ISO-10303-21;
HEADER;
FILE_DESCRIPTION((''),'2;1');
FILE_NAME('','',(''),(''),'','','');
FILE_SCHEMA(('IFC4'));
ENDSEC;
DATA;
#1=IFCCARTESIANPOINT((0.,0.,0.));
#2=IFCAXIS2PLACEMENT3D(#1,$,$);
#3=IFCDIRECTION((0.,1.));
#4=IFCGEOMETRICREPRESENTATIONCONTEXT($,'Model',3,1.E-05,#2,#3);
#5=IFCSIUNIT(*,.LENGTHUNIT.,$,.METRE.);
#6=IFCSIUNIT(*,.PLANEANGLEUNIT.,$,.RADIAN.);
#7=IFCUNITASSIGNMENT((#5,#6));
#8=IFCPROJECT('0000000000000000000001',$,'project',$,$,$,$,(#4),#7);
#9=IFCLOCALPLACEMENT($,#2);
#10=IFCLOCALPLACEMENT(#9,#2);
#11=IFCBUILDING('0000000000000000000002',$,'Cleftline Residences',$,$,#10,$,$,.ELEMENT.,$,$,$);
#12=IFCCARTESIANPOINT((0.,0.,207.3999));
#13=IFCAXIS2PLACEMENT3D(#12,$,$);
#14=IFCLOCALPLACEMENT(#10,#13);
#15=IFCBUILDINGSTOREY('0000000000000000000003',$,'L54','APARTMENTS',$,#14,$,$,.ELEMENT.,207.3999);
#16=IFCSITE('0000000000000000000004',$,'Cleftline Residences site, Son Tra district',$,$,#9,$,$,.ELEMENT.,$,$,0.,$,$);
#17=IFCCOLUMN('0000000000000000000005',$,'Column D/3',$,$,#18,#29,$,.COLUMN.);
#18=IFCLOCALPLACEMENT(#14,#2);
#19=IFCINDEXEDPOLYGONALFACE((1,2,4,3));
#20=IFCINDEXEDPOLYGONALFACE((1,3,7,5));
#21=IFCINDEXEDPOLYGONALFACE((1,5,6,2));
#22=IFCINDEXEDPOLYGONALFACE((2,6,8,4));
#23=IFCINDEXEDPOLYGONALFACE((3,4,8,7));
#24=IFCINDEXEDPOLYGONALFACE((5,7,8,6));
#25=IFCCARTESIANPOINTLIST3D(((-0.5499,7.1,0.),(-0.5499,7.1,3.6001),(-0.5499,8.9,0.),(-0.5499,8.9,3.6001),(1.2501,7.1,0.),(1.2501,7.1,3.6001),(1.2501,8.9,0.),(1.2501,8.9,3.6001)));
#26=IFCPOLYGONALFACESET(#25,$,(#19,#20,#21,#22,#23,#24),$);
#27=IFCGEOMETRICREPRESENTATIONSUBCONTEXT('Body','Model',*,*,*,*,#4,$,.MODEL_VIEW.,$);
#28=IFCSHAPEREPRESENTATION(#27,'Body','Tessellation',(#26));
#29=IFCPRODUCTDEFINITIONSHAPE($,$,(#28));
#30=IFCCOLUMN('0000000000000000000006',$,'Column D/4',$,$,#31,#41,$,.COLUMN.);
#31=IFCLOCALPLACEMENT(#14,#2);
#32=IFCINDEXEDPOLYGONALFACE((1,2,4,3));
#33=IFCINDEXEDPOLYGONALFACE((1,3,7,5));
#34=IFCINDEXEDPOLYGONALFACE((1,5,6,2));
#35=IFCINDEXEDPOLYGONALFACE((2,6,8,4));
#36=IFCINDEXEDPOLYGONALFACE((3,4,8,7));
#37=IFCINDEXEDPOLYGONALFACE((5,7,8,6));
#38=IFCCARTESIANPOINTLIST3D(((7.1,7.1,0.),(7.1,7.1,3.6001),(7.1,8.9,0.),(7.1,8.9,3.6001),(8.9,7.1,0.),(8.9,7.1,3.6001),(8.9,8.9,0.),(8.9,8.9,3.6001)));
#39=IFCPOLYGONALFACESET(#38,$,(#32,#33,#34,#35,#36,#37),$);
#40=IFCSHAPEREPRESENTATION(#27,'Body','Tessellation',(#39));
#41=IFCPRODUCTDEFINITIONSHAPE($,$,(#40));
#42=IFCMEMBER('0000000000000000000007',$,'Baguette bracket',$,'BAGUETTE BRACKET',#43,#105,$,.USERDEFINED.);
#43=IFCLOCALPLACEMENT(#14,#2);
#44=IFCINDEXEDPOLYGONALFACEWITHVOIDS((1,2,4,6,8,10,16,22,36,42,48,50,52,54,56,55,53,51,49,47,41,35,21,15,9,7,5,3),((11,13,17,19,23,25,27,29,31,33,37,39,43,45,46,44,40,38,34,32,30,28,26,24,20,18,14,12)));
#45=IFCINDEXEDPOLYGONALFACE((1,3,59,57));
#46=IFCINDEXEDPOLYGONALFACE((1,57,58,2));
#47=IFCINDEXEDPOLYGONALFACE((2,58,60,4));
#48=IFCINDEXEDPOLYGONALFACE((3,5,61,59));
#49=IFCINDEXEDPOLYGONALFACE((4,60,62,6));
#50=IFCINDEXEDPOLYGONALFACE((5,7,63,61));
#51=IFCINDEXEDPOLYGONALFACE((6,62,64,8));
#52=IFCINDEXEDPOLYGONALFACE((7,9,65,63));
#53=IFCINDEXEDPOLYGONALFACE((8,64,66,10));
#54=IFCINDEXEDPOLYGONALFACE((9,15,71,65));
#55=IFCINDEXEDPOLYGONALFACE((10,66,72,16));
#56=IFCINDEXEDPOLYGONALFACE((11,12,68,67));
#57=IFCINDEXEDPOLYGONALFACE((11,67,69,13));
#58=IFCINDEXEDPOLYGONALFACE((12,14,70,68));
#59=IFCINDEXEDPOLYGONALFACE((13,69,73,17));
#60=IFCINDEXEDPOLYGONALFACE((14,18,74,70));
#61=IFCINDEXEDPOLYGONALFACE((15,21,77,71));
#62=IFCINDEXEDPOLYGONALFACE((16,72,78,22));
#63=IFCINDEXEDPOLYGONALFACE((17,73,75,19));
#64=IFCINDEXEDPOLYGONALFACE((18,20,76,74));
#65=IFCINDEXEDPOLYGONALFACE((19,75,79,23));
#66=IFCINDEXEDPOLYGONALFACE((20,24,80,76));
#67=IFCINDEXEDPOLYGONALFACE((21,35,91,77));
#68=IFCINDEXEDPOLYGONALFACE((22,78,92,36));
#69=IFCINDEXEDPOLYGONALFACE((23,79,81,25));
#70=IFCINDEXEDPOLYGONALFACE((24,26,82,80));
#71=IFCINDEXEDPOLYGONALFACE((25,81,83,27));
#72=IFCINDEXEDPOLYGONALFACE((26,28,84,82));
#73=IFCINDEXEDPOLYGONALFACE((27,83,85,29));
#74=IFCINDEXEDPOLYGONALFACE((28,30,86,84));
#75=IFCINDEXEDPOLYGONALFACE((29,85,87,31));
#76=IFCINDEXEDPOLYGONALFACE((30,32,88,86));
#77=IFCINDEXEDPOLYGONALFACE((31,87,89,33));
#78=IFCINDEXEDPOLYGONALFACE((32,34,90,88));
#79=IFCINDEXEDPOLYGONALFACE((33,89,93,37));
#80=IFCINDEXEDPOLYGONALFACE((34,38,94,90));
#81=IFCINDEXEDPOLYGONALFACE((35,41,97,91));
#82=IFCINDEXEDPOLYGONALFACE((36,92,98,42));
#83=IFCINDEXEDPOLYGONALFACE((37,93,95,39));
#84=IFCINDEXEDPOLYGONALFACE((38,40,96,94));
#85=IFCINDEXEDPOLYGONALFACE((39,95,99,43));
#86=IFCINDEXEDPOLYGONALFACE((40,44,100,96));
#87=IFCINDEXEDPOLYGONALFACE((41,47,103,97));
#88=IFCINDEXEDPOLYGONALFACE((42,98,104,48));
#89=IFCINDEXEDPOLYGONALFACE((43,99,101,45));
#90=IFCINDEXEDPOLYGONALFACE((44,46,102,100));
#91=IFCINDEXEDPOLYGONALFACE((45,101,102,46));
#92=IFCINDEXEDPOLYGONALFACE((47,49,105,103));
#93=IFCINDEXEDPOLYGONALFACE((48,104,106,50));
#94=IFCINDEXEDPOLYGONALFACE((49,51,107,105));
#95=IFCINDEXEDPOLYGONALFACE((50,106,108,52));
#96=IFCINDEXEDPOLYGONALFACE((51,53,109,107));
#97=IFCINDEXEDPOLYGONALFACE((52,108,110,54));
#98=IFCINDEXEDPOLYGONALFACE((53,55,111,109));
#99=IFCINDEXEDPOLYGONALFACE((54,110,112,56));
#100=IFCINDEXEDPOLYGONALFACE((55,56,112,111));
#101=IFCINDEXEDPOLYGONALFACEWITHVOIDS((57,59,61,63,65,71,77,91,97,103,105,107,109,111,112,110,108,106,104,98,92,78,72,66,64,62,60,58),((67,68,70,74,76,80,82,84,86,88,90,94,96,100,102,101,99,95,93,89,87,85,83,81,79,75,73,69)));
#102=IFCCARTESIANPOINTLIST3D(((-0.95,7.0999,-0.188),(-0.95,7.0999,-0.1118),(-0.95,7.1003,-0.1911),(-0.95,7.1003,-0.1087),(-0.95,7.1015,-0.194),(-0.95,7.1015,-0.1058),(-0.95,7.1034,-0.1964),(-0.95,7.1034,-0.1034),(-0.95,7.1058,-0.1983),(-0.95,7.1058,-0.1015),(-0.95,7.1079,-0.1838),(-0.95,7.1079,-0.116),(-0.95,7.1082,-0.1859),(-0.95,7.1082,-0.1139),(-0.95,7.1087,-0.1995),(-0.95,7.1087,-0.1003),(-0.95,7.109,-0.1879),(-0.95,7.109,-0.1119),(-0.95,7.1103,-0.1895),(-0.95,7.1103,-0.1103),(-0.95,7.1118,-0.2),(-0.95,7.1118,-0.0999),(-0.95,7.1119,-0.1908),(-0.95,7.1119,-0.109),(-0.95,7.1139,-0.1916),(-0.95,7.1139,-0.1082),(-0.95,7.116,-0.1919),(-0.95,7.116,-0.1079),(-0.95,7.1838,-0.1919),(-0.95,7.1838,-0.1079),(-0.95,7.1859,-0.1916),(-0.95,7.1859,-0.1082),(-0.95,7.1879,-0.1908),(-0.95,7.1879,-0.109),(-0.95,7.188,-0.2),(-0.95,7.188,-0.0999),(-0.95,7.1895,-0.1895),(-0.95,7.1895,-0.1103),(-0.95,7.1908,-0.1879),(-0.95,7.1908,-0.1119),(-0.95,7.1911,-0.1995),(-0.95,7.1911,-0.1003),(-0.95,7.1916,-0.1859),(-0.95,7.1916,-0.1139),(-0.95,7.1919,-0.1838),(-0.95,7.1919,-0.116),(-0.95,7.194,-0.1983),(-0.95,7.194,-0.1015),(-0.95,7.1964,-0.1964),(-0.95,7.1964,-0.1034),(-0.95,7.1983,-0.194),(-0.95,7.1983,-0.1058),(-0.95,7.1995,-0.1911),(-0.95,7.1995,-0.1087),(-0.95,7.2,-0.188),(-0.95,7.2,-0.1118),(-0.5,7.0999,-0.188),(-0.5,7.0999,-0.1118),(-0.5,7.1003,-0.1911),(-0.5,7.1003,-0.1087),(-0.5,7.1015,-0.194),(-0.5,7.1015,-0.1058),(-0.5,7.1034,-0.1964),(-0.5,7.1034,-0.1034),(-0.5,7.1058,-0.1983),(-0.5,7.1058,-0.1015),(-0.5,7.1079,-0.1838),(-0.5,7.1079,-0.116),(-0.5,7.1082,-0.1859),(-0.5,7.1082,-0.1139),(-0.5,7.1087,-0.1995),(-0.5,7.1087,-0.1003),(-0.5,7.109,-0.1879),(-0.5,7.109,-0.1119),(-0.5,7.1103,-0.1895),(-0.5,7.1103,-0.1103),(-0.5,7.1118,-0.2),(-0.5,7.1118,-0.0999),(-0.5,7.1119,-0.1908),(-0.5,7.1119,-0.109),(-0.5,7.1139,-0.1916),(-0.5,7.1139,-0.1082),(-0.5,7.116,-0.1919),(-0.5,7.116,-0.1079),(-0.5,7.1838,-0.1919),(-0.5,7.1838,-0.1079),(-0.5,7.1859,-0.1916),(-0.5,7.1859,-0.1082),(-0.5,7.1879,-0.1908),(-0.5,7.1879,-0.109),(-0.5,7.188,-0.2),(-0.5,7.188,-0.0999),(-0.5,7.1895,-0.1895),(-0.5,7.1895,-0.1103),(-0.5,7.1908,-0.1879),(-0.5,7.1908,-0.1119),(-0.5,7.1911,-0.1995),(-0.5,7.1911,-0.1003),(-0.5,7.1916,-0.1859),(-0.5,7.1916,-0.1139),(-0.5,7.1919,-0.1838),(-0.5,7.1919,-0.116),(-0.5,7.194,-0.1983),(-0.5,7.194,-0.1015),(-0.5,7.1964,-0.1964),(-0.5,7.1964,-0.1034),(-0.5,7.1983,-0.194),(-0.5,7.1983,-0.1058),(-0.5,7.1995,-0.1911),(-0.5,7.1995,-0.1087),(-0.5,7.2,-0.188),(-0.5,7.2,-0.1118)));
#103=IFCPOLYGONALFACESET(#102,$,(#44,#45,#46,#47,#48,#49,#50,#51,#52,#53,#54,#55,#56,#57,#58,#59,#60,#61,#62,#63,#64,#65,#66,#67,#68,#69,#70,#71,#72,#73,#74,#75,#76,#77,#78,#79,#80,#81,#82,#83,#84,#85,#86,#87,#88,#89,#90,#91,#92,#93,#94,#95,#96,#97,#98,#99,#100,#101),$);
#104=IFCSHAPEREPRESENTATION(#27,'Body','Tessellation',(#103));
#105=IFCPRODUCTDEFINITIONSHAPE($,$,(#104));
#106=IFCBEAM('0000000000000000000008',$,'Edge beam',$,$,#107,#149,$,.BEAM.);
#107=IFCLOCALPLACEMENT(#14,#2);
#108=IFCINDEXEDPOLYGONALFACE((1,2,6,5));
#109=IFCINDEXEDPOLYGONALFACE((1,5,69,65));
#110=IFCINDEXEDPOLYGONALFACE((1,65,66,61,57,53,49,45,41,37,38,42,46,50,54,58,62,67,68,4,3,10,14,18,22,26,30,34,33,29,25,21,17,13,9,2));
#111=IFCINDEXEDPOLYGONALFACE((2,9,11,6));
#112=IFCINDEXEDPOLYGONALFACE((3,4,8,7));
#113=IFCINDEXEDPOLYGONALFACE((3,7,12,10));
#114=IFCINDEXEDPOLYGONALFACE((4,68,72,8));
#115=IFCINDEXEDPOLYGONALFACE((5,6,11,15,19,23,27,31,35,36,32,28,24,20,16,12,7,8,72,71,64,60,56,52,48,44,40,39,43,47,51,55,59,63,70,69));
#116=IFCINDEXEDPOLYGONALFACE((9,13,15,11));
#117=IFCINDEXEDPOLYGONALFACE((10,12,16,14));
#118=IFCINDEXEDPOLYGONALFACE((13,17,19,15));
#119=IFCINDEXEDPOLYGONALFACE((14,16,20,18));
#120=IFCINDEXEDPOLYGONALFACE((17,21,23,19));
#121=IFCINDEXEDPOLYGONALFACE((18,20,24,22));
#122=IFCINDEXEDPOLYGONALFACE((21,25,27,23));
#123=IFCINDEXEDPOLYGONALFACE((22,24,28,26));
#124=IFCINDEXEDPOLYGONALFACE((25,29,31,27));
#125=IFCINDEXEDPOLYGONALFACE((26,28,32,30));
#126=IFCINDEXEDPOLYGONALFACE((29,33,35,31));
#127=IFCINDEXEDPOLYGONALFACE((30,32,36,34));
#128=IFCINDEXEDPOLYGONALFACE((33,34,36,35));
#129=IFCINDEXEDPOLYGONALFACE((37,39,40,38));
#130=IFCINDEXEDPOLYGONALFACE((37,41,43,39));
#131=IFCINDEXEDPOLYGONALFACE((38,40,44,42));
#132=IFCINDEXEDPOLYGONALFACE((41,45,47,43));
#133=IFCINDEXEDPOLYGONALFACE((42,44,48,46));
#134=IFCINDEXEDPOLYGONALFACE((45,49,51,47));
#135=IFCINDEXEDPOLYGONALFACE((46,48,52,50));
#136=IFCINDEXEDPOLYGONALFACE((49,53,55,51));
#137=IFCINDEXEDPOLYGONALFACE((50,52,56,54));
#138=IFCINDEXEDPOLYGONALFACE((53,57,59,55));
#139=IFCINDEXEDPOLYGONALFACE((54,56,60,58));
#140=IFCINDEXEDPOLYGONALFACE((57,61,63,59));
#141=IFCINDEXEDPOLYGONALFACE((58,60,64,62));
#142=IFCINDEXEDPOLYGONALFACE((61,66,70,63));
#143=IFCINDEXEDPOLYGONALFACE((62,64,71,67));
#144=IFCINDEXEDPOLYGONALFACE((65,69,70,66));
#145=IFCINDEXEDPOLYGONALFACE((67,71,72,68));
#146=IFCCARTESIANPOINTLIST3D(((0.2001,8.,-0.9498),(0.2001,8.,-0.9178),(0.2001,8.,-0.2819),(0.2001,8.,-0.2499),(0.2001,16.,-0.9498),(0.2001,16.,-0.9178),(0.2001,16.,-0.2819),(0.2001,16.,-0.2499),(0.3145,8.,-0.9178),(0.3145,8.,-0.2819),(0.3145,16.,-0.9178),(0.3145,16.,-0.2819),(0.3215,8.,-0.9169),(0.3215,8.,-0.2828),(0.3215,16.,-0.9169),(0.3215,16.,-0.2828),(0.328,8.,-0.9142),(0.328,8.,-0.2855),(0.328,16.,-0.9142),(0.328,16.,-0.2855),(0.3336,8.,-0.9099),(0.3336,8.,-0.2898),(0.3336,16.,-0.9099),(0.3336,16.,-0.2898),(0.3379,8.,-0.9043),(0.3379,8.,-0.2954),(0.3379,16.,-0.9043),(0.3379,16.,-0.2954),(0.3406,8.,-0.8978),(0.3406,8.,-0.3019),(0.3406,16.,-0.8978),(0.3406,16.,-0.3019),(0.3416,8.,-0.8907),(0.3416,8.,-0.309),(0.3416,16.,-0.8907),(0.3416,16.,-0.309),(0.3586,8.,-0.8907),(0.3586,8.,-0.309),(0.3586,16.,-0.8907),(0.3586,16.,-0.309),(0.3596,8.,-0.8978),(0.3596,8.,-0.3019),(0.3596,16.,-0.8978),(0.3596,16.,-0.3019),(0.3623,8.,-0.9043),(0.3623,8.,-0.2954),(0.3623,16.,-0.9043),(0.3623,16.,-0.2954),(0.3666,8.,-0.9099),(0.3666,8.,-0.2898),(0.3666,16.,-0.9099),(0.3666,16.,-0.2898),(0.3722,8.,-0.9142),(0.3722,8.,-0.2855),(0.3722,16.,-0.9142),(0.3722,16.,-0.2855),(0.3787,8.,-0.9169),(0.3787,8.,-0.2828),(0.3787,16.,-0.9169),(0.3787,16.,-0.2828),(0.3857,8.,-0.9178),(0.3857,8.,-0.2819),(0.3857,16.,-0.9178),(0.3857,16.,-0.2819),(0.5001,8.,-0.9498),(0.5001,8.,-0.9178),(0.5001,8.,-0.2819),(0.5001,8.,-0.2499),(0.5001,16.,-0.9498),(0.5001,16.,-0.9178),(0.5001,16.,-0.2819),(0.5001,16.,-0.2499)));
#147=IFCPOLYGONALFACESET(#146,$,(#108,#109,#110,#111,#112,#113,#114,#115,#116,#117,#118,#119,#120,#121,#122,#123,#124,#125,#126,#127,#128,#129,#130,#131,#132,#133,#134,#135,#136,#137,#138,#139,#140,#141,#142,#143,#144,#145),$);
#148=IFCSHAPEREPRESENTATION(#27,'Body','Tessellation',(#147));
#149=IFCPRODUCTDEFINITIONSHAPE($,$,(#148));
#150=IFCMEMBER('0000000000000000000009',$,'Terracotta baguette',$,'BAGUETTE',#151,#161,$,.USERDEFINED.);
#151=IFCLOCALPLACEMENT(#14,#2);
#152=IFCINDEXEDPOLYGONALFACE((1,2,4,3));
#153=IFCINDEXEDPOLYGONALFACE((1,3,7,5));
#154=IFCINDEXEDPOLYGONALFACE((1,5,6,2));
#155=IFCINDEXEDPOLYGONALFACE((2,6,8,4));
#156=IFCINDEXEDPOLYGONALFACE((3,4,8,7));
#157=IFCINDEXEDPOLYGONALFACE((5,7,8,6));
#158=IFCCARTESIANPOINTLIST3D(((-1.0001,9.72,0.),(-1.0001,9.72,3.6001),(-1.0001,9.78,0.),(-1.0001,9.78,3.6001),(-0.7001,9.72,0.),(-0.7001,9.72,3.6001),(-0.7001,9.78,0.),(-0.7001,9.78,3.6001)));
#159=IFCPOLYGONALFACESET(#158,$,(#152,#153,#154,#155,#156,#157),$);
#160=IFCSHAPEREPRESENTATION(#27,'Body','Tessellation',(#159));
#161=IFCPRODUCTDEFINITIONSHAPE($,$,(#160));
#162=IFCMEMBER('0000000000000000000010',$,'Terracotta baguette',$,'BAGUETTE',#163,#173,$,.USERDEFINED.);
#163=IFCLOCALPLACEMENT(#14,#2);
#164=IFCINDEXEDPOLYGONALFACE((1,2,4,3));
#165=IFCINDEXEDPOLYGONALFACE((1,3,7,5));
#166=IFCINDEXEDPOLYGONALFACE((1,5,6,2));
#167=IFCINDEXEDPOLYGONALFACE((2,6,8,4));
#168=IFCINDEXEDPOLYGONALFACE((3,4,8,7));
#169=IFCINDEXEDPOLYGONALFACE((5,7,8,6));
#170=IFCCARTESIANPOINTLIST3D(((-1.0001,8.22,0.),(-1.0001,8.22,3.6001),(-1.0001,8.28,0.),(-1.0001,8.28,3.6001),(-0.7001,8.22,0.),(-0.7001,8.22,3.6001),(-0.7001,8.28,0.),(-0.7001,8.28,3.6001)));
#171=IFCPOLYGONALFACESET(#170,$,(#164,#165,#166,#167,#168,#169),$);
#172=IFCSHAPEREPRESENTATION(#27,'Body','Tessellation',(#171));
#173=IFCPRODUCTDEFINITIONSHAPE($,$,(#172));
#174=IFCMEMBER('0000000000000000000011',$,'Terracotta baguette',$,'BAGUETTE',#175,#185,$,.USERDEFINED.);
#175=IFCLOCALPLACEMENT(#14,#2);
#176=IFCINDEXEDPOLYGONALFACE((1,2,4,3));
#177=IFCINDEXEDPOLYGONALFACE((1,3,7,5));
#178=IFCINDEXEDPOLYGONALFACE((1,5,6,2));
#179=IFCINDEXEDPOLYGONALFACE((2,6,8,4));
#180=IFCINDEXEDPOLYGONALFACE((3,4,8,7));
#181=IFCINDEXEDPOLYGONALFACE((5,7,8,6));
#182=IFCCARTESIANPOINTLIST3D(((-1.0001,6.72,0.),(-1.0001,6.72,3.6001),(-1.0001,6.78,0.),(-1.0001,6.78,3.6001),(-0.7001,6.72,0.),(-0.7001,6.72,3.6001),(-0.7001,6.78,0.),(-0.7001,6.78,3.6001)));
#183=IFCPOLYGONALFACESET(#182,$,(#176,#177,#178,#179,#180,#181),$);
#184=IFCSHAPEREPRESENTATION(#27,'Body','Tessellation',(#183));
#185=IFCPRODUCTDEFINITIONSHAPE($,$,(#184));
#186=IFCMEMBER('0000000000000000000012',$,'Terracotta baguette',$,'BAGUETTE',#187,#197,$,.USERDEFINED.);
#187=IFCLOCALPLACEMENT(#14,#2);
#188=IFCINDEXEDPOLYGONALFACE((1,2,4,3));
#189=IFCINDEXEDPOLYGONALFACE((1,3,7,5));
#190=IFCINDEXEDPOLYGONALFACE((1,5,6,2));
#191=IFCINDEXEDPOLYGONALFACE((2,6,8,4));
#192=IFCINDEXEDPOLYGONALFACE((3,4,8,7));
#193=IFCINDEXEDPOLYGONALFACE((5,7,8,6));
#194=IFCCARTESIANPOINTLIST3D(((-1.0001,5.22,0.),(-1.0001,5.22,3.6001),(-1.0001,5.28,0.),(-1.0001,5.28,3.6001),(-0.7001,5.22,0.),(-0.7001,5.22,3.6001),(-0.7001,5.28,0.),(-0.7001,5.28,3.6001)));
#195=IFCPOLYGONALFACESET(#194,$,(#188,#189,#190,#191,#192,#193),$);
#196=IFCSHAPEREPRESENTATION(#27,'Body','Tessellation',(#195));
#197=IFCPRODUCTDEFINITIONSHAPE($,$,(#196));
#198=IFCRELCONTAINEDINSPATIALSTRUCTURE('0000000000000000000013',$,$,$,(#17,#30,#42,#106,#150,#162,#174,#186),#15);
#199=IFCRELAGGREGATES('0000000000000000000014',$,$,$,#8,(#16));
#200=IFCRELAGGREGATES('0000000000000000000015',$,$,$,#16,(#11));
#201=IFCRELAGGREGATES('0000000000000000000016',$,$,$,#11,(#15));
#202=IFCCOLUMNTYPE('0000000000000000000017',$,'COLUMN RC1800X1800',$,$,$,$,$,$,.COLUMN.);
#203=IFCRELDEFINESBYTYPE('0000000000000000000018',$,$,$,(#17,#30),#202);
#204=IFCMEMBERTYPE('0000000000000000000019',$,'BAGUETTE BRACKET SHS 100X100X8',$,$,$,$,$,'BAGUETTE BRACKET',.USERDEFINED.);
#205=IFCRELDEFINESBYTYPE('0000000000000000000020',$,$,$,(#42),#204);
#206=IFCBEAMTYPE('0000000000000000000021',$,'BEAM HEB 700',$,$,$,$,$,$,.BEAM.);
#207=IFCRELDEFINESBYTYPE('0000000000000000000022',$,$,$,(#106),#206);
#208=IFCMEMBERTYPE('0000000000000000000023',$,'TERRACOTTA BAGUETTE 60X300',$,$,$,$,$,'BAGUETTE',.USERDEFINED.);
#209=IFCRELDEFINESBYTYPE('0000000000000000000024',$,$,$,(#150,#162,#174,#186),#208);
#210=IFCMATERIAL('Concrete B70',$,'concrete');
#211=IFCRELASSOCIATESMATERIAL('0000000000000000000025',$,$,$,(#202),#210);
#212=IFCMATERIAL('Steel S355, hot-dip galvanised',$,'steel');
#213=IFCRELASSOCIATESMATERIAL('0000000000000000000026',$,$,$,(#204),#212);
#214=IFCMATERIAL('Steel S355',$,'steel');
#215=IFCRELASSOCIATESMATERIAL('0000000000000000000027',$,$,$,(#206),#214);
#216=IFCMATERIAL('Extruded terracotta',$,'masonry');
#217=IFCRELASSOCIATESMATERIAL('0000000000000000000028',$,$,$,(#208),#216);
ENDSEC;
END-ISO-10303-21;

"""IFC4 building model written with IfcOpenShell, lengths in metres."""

from ifc_helpers import new_model, si_unit, direction, frame, origin, origin_2d, place, context, subcontext, project, spatial, rectangle, hollow_rectangle, i_section, extrude, material, material_profile, profile_set, type_object, element, save


model = new_model("IFC4")

# Units and contexts
model_context = context("Model", 3, precision=1e-05, world=origin(), true_north=direction((0.0, 1.0)))
body_context = subcontext(model_context, "Body", "Model", "MODEL_VIEW")
ifc_project = project(units=[si_unit("LENGTHUNIT", "METRE"), si_unit("PLANEANGLEUNIT", "RADIAN")], contexts=[model_context])

# Site, building, storey
site_placement = place(None, origin())
site = spatial("IfcSite", under=ifc_project, at=site_placement, Name="Cleftline Residences site, Son Tra district", CompositionType="ELEMENT", RefElevation=0.0)
building_placement = place(site_placement, origin())
building = spatial("IfcBuilding", under=site, at=building_placement, Name="Cleftline Residences", CompositionType="ELEMENT")
storey_placement = place(building_placement, frame((0.0, 0.0, 207.3999)))
storey = spatial("IfcBuildingStorey", under=building, at=storey_placement, Name="L54", Description="APARTMENTS", CompositionType="ELEMENT", Elevation=207.3999)

# Columns
ifc_material_1 = material(Name="Concrete B70", Category="concrete")
ifc_material_profile_1 = material_profile(ifc_material_1, rectangle(XDim=1.8, YDim=1.8, at=origin_2d()))
ifc_profile_set_1 = profile_set([ifc_material_profile_1], Name="Concrete B70")
column_type = type_object("IfcColumnType", Name="COLUMN RC1800X1800", PredefinedType="COLUMN", material=ifc_profile_set_1)
for number, where, z_axis, x_axis, name in (
    (1, (0.3501, 8.0, 0.0), (0.0, 0.0, 1.0), (1.0, 0.0, 0.0), "Column D/3"),
    (2, (8.0, 8.0, 0.0), (0.0, 0.0, 1.0), (1.0, 0.0, 0.0), "Column D/4"),
):
    element("IfcColumn", number, at=place(storey_placement, frame(where, z_axis=z_axis, x_axis=x_axis)), inside=storey, type_object=column_type, Name=name, PredefinedType="COLUMN", context=body_context, shape_type="SweptSolid", body=[
        extrude(rectangle(XDim=1.8, YDim=1.8, at=origin_2d()), origin(), (0.0, 0.0, 1.0), 3.6001),
    ])

# Member
ifc_material_2 = material(Name="Steel S355, hot-dip galvanised", Category="steel")
ifc_material_profile_2 = material_profile(ifc_material_2, hollow_rectangle(XDim=0.1001, YDim=0.1001, WallThickness=0.0081, InnerFilletRadius=0.0081, OuterFilletRadius=0.012, at=origin_2d()))
ifc_profile_set_2 = profile_set([ifc_material_profile_2], Name="Steel S355, hot-dip galvanised")
member_type_1 = type_object("IfcMemberType", Name="BAGUETTE BRACKET SHS 100X100X8", ElementType="BAGUETTE BRACKET", PredefinedType="USERDEFINED", material=ifc_profile_set_2)
member_placement = place(storey_placement, frame((-0.5, 7.1499, -0.1499), z_axis=(-1.0, 0.0, 0.0), x_axis=(0.0, -1.0, 0.0)))
element("IfcMember", 3, at=member_placement, inside=storey, type_object=member_type_1, Name="Baguette bracket", ObjectType="BAGUETTE BRACKET", PredefinedType="USERDEFINED", context=body_context, shape_type="SweptSolid", body=[
    extrude(hollow_rectangle(XDim=0.1001, YDim=0.1001, WallThickness=0.0081, InnerFilletRadius=0.0081, OuterFilletRadius=0.012, at=origin_2d()), origin(), (0.0, 0.0, 1.0), 0.45),
])

# Beam
ifc_material_3 = material(Name="Steel S355", Category="steel")
ifc_material_profile_3 = material_profile(ifc_material_3, i_section(OverallWidth=0.3, OverallDepth=0.7, WebThickness=0.0171, FlangeThickness=0.032, FilletRadius=0.0271, at=origin_2d()))
ifc_profile_set_3 = profile_set([ifc_material_profile_3], Name="Steel S355")
beam_type = type_object("IfcBeamType", Name="BEAM HEB 700", PredefinedType="BEAM", material=ifc_profile_set_3)
beam_placement = place(storey_placement, frame((0.3501, 8.0, -0.5999), z_axis=(0.0, 1.0, 0.0), x_axis=(-1.0, 0.0, 0.0)))
element("IfcBeam", 4, at=beam_placement, inside=storey, type_object=beam_type, Name="Edge beam", PredefinedType="BEAM", context=body_context, shape_type="SweptSolid", body=[
    extrude(i_section(OverallWidth=0.3, OverallDepth=0.7, WebThickness=0.0171, FlangeThickness=0.032, FilletRadius=0.0271, at=origin_2d()), origin(), (0.0, 0.0, 1.0), 8.0),
])

# Members
ifc_material_4 = material(Name="Extruded terracotta", Category="masonry")
ifc_material_profile_4 = material_profile(ifc_material_4, rectangle(XDim=0.0601, YDim=0.3, at=origin_2d()))
ifc_profile_set_4 = profile_set([ifc_material_profile_4], Name="Extruded terracotta")
member_type_2 = type_object("IfcMemberType", Name="TERRACOTTA BAGUETTE 60X300", ElementType="BAGUETTE", PredefinedType="USERDEFINED", material=ifc_profile_set_4)
for number, where, z_axis, x_axis, name in (
    (5, (-0.8501, 9.75, 0.0), (0.0, 0.0, 1.0), (0.0, 1.0, 0.0), "Terracotta baguette"),
    (6, (-0.8501, 8.25, 0.0), (0.0, 0.0, 1.0), (0.0, 1.0, 0.0), "Terracotta baguette"),
    (7, (-0.8501, 6.75, 0.0), (0.0, 0.0, 1.0), (0.0, 1.0, 0.0), "Terracotta baguette"),
    (8, (-0.8501, 5.25, 0.0), (0.0, 0.0, 1.0), (0.0, 1.0, 0.0), "Terracotta baguette"),
):
    element("IfcMember", number, at=place(storey_placement, frame(where, z_axis=z_axis, x_axis=x_axis)), inside=storey, type_object=member_type_2, Name=name, ObjectType="BAGUETTE", PredefinedType="USERDEFINED", context=body_context, shape_type="SweptSolid", body=[
        extrude(rectangle(XDim=0.0601, YDim=0.3, at=origin_2d()), origin(), (0.0, 0.0, 1.0), 3.6001),
    ])

save(model, "model.ifc")
